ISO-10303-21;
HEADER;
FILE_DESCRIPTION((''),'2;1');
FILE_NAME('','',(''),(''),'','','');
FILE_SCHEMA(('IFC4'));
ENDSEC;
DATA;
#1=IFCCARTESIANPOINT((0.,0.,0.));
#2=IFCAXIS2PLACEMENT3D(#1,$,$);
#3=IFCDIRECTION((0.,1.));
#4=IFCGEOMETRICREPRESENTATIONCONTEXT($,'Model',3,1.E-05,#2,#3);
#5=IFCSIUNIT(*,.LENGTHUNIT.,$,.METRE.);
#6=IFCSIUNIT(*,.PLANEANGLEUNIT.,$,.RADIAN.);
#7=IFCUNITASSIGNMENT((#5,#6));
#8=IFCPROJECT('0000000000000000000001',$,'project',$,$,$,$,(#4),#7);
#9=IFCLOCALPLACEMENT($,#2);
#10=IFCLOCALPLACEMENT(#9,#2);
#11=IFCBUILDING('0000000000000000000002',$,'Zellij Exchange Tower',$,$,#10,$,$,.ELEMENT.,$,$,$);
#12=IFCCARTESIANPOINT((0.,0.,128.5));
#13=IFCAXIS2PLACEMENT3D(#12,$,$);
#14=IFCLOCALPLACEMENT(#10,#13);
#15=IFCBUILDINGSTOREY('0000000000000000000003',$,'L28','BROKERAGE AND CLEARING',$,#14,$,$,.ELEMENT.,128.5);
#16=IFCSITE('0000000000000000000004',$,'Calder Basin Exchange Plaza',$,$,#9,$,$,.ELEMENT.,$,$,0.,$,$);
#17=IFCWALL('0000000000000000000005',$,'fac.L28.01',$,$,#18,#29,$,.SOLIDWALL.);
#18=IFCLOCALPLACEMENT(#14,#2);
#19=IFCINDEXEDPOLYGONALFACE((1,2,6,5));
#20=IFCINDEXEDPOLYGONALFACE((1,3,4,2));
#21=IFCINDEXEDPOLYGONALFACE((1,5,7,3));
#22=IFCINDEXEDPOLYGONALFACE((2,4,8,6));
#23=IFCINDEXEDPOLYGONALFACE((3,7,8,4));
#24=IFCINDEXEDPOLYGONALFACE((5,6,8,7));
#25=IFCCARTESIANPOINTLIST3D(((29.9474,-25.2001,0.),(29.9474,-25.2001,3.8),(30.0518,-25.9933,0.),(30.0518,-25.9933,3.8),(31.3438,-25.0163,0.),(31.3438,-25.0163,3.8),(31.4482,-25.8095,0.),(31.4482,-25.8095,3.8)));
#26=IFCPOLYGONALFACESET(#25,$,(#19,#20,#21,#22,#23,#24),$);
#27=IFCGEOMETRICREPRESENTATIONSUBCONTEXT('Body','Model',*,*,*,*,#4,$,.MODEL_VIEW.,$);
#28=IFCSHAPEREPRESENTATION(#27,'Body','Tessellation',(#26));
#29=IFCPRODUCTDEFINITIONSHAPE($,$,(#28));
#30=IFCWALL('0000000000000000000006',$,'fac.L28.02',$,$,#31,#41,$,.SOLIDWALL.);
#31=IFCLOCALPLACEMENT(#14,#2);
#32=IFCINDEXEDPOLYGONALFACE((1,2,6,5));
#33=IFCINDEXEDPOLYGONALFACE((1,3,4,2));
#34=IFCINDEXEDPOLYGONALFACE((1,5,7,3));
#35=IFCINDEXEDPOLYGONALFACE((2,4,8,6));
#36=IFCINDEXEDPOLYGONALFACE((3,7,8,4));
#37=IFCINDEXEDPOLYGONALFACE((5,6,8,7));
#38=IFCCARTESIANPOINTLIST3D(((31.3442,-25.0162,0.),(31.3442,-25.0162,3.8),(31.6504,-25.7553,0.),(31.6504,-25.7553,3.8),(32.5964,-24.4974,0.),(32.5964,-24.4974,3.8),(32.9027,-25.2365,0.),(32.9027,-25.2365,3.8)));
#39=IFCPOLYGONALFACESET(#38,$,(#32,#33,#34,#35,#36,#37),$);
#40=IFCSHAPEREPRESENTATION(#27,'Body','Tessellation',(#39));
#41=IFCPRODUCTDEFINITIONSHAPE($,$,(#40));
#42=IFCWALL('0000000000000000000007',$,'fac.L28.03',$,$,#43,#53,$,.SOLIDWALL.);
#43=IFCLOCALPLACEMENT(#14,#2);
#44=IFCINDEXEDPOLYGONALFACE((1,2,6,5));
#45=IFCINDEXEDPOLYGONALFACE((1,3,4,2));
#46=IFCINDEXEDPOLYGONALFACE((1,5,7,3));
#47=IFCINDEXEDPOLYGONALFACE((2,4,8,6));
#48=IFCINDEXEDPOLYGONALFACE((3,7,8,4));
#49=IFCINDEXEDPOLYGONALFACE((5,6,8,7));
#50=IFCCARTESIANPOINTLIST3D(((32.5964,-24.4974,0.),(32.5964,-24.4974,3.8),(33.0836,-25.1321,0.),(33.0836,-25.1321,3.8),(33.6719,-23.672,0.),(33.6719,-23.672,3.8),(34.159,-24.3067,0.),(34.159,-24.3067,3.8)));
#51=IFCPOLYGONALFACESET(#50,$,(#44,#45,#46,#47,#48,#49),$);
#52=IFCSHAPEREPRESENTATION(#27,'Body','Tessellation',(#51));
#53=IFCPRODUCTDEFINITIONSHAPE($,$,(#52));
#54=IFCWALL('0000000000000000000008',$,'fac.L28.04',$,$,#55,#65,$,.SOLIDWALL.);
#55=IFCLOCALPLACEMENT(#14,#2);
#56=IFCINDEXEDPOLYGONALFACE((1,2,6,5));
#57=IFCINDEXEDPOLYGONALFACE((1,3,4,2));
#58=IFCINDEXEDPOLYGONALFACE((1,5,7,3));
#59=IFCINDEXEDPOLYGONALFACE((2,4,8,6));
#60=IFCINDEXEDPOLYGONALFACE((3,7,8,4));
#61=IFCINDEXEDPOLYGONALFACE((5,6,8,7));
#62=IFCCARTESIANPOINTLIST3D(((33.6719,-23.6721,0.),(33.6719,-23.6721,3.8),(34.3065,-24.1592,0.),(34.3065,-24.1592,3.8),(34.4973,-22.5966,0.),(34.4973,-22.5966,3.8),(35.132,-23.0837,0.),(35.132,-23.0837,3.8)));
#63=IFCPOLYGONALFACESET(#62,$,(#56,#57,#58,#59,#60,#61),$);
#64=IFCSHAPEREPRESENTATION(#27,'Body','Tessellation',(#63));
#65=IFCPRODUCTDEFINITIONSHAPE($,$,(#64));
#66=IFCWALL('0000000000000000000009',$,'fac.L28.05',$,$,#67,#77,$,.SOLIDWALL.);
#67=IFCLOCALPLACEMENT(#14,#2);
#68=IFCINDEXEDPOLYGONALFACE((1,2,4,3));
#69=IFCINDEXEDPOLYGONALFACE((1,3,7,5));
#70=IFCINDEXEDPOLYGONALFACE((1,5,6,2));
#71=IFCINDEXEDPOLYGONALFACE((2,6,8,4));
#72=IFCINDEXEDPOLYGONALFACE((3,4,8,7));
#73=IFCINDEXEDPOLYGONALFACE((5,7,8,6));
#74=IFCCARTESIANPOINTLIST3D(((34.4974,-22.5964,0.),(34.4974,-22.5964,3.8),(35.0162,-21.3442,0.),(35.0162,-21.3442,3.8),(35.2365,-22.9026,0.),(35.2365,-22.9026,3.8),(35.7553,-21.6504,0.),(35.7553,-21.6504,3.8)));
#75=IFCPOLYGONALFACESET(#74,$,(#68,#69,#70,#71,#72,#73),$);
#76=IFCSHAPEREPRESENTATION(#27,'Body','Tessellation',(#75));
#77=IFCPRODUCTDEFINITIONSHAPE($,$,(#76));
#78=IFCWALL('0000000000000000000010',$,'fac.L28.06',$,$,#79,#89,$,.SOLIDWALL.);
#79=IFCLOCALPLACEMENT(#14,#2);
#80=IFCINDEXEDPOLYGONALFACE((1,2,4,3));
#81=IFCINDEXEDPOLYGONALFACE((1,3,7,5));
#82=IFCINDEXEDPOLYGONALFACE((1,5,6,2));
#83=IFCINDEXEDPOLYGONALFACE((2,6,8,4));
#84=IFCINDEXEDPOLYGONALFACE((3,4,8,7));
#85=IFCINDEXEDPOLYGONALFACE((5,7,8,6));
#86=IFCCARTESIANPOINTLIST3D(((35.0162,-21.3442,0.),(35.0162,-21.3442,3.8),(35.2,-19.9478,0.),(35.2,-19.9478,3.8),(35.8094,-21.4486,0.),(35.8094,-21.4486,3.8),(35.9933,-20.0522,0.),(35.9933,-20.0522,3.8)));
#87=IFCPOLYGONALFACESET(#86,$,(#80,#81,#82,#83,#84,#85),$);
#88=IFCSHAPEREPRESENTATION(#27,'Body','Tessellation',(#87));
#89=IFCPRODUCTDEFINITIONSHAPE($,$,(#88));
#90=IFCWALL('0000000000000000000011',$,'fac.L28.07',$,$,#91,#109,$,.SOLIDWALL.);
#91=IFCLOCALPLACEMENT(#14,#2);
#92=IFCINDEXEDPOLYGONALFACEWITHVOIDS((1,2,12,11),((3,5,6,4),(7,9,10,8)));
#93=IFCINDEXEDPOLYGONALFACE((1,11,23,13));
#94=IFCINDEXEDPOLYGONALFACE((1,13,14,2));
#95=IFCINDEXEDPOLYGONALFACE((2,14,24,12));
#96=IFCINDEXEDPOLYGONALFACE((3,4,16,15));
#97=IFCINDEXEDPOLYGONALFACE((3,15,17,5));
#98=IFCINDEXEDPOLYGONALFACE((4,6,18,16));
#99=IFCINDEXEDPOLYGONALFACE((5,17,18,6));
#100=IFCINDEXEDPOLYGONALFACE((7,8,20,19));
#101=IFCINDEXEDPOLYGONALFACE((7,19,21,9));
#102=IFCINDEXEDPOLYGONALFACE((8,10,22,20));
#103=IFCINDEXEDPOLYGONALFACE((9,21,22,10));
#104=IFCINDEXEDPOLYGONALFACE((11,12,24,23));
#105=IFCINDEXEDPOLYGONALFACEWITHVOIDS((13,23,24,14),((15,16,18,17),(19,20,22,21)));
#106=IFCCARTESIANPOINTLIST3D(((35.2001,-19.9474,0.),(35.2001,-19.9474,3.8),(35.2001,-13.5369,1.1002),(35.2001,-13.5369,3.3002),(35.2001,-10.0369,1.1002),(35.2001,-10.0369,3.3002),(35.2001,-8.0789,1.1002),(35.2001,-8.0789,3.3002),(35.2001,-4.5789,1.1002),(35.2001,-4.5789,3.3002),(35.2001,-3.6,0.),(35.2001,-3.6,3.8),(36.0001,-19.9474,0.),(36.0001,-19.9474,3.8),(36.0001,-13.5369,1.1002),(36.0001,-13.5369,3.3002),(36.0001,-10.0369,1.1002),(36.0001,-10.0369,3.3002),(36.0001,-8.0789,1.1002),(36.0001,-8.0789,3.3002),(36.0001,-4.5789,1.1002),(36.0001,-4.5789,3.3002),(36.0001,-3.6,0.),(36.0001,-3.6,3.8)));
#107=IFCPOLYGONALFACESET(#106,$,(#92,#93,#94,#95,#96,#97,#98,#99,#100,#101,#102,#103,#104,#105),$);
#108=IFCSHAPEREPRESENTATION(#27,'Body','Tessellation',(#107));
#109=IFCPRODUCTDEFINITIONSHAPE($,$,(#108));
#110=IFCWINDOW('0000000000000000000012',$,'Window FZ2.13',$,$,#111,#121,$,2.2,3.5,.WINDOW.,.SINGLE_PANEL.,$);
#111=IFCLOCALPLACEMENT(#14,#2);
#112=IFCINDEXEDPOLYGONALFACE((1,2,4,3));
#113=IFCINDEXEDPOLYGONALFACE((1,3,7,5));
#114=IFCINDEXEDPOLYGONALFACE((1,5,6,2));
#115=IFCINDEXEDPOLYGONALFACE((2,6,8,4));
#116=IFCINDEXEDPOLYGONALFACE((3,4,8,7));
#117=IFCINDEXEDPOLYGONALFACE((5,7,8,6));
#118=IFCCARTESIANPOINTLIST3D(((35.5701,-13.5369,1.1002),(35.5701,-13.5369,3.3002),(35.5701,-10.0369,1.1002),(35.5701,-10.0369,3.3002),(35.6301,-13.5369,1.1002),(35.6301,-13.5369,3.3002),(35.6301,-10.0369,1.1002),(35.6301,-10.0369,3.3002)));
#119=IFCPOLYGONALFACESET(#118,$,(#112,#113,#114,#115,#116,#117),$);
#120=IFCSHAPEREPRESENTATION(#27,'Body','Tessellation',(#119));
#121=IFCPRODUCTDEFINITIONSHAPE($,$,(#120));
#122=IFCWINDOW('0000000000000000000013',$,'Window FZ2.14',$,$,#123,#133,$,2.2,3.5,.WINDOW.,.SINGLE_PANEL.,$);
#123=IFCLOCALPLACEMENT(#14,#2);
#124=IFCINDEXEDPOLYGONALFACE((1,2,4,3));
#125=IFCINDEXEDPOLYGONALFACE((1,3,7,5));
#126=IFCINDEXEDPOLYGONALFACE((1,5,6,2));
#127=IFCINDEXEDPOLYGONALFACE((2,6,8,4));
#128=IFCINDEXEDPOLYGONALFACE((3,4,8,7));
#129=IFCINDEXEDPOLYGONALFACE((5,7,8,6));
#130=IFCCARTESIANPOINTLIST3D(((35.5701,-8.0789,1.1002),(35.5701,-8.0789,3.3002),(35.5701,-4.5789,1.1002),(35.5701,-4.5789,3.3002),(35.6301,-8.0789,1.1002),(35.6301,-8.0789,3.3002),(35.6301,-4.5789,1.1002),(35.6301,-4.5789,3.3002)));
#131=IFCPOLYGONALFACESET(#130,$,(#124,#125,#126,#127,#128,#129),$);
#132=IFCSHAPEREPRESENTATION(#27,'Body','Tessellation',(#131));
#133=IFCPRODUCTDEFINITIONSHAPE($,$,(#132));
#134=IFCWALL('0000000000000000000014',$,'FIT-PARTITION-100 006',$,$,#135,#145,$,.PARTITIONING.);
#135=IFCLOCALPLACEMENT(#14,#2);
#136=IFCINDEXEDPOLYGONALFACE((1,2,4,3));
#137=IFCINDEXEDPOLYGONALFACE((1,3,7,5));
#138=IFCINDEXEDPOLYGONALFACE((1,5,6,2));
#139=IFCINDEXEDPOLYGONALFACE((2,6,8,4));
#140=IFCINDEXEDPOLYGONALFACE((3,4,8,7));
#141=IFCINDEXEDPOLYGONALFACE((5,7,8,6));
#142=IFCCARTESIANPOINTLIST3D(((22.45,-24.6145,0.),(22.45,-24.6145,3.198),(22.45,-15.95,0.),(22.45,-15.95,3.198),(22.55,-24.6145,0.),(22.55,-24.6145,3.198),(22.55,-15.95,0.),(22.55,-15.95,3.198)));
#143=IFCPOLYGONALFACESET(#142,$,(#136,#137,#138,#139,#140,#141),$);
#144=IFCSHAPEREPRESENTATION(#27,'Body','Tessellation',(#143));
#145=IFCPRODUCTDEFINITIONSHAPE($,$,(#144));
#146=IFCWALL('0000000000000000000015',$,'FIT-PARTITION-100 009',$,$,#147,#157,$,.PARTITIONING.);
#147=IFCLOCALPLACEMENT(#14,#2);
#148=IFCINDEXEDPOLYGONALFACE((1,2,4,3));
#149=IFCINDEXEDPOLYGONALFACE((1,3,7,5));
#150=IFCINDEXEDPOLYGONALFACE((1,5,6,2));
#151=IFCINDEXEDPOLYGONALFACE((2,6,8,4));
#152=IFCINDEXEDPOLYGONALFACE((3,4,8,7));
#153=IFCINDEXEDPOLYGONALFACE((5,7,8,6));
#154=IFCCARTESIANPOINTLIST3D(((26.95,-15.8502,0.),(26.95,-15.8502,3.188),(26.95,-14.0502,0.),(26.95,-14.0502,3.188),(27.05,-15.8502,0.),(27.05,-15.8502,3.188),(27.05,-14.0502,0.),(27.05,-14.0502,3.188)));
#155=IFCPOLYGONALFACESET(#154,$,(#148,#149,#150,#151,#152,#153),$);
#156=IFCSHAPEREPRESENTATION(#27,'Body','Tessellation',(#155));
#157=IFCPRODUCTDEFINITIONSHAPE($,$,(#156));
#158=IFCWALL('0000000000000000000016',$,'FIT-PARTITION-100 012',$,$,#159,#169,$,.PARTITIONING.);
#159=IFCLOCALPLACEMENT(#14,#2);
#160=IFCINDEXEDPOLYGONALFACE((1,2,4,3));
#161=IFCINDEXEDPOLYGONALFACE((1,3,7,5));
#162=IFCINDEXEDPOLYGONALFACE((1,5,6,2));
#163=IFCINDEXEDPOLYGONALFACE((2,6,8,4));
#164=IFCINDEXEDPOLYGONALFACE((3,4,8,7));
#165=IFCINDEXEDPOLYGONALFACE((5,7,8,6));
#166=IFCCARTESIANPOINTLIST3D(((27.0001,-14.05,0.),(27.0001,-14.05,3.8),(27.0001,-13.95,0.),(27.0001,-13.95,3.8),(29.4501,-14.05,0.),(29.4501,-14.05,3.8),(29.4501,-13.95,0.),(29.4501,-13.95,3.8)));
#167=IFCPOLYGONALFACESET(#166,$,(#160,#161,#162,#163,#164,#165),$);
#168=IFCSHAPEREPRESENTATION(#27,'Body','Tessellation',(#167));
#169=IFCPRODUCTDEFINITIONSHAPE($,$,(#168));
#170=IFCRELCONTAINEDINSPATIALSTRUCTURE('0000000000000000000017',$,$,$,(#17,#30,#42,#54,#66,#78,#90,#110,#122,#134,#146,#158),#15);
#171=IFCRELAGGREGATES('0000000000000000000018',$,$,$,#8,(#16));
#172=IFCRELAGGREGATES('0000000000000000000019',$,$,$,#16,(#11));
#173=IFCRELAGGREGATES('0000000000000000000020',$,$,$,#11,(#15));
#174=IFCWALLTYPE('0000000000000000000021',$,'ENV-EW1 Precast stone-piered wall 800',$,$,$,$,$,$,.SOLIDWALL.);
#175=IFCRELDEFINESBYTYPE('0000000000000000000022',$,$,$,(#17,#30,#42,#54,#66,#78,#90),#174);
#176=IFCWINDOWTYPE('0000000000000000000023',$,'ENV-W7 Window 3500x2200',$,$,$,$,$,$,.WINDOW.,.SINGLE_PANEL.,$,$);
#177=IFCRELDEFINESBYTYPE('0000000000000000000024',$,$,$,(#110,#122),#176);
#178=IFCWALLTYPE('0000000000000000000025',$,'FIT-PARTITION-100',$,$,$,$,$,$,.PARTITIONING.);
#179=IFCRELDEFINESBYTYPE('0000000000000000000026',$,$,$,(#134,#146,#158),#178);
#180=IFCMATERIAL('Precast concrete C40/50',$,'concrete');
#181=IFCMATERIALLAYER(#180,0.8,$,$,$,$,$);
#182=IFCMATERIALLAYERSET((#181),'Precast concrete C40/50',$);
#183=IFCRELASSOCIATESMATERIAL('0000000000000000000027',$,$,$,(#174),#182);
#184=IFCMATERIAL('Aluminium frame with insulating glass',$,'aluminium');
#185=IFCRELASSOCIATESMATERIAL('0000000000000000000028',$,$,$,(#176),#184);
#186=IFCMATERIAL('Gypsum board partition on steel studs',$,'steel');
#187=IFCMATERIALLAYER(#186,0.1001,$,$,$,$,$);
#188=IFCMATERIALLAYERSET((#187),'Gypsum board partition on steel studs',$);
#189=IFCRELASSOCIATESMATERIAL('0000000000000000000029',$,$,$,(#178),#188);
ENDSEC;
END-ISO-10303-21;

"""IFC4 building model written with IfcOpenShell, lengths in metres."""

from ifc_helpers import new_model, si_unit, direction, frame, frame_2d, origin, place, context, subcontext, project, spatial, rectangle, extrude, material, layer, layer_set, type_object, element, fill, save


model = new_model("IFC4")

# Units and contexts
model_context = context("Model", 3, precision=1e-05, world=origin(), true_north=direction((0.0, 1.0)))
body_context = subcontext(model_context, "Body", "Model", "MODEL_VIEW")
ifc_project = project(units=[si_unit("LENGTHUNIT", "METRE"), si_unit("PLANEANGLEUNIT", "RADIAN")], contexts=[model_context])

# Site, building, storey
site_placement = place(None, origin())
site = spatial("IfcSite", under=ifc_project, at=site_placement, Name="Calder Basin Exchange Plaza", CompositionType="ELEMENT", RefElevation=0.0)
building_placement = place(site_placement, origin())
building = spatial("IfcBuilding", under=site, at=building_placement, Name="Zellij Exchange Tower", CompositionType="ELEMENT")
storey_placement = place(building_placement, frame((0.0, 0.0, 128.5)))
storey = spatial("IfcBuildingStorey", under=building, at=storey_placement, Name="L28", Description="BROKERAGE AND CLEARING", CompositionType="ELEMENT", Elevation=128.5)

# Walls
ifc_material_1 = material(Name="Precast concrete C40/50", Category="concrete")
ifc_layer_1 = layer(ifc_material_1, 0.8)
ifc_layer_set_1 = layer_set([ifc_layer_1], Name="Precast concrete C40/50")
wall_type_1 = type_object("IfcWallType", Name="ENV-EW1 Precast stone-piered wall 800", PredefinedType="SOLIDWALL", material=ifc_layer_set_1)
wall_1_placement = place(storey_placement, frame((29.9998, -25.5967, 0.0), z_axis=(0.0, 0.0, 1.0), x_axis=(0.991446, 0.130517, 0.0)))
element("IfcWall", 1, at=wall_1_placement, inside=storey, type_object=wall_type_1, Name="fac.L28.01", PredefinedType="SOLIDWALL", context=body_context, shape_type="SweptSolid", body=[
    extrude(rectangle(XDim=1.4084, YDim=0.8, at=frame_2d((0.7041, 0.0))), origin(), (0.0, 0.0, 1.0), 3.8),
])
wall_2_placement = place(storey_placement, frame((31.4973, -25.3857, 0.0), z_axis=(0.0, 0.0, 1.0), x_axis=(0.923848, 0.38276, 0.0)))
element("IfcWall", 2, at=wall_2_placement, inside=storey, type_object=wall_type_1, Name="fac.L28.02", PredefinedType="SOLIDWALL", context=body_context, shape_type="SweptSolid", body=[
    extrude(rectangle(XDim=1.3555, YDim=0.8, at=frame_2d((0.6777, 0.0))), origin(), (0.0, 0.0, 1.0), 3.8),
])
for number, where, z_axis, x_axis, name in (
    (3, (32.8401, -24.8147, 0.0), (0.0, 0.0, 1.0), (0.793273, 0.608866, 0.0), "fac.L28.03"),
    (4, (33.9893, -23.9155, 0.0), (0.0, 0.0, 1.0), (0.608866, 0.793273, 0.0), "fac.L28.04"),
):
    element("IfcWall", number, at=place(storey_placement, frame(where, z_axis=z_axis, x_axis=x_axis)), inside=storey, type_object=wall_type_1, Name=name, PredefinedType="SOLIDWALL", context=body_context, shape_type="SweptSolid", body=[
        extrude(rectangle(XDim=1.3557, YDim=0.8, at=frame_2d((0.6777, 0.0))), origin(), (0.0, 0.0, 1.0), 3.8),
    ])
wall_3_placement = place(storey_placement, frame((34.8669, -22.7495, 0.0), z_axis=(0.0, 0.0, 1.0), x_axis=(0.38276, 0.923848, 0.0)))
element("IfcWall", 5, at=wall_3_placement, inside=storey, type_object=wall_type_1, Name="fac.L28.05", PredefinedType="SOLIDWALL", context=body_context, shape_type="SweptSolid", body=[
    extrude(rectangle(XDim=1.3555, YDim=0.8, at=frame_2d((0.6777, 0.0))), origin(), (0.0, 0.0, 1.0), 3.8),
])
wall_4_placement = place(storey_placement, frame((35.4128, -21.3962, 0.0), z_axis=(0.0, 0.0, 1.0), x_axis=(0.130517, 0.991446, 0.0)))
element("IfcWall", 6, at=wall_4_placement, inside=storey, type_object=wall_type_1, Name="fac.L28.06", PredefinedType="SOLIDWALL", context=body_context, shape_type="SweptSolid", body=[
    extrude(rectangle(XDim=1.4084, YDim=0.8, at=frame_2d((0.7041, 0.0))), origin(), (0.0, 0.0, 1.0), 3.8),
])

# Wall, openings, windows
wall_5_placement = place(storey_placement, frame((35.6001, -19.9475, 0.0), z_axis=(0.0, 0.0, 1.0), x_axis=(0.0, 1.0, 0.0)))
wall_5 = element("IfcWall", 7, at=wall_5_placement, inside=storey, type_object=wall_type_1, Name="fac.L28.07", PredefinedType="SOLIDWALL", context=body_context, shape_type="SweptSolid", body=[
    extrude(rectangle(XDim=16.3474, YDim=0.8, at=frame_2d((8.1738, 0.0))), origin(), (0.0, 0.0, 1.0), 3.8),
])
opening_1_placement = place(wall_5_placement, frame((6.4106, 0.0, 1.1001)))
opening_1 = element("IfcOpeningElement", 8, at=opening_1_placement, cuts=wall_5, PredefinedType="OPENING", context=body_context, shape_type="SweptSolid", body=[
    extrude(rectangle(XDim=3.5, YDim=2.2, at=frame_2d((1.75, 1.1001))), frame((0.0, 0.4121, 0.0), z_axis=(0.0, -1.0, 0.0), x_axis=(1.0, 0.0, 0.0)), (0.0, 0.0, 1.0), 0.824),
])
opening_2_placement = place(wall_5_placement, frame((11.8687, 0.0, 1.1001)))
opening_2 = element("IfcOpeningElement", 9, at=opening_2_placement, cuts=wall_5, PredefinedType="OPENING", context=body_context, shape_type="SweptSolid", body=[
    extrude(rectangle(XDim=3.5, YDim=2.2, at=frame_2d((1.75, 1.1001))), frame((0.0, 0.4121, 0.0), z_axis=(0.0, -1.0, 0.0), x_axis=(1.0, 0.0, 0.0)), (0.0, 0.0, 1.0), 0.824),
])
ifc_material_2 = material(Name="Aluminium frame with insulating glass", Category="aluminium")
window_type = type_object("IfcWindowType", Name="ENV-W7 Window 3500x2200", PartitioningType="SINGLE_PANEL", PredefinedType="WINDOW", material=ifc_material_2)
window_1_placement = place(opening_1_placement, origin())
window_1 = element("IfcWindow", 10, at=window_1_placement, inside=storey, type_object=window_type, Name="Window FZ2.13", OverallHeight=2.2, OverallWidth=3.5, PartitioningType="SINGLE_PANEL", PredefinedType="WINDOW", context=body_context, shape_type="SweptSolid", body=[
    extrude(rectangle(XDim=3.5, YDim=2.2, at=frame_2d((1.75, 1.1001))), frame((0.0, 0.03, 0.0), z_axis=(0.0, -1.0, 0.0), x_axis=(1.0, 0.0, 0.0)), (0.0, 0.0, 1.0), 0.0601),
])
fill(opening_1, window_1)
window_2_placement = place(opening_2_placement, origin())
window_2 = element("IfcWindow", 11, at=window_2_placement, inside=storey, type_object=window_type, Name="Window FZ2.14", OverallHeight=2.2, OverallWidth=3.5, PartitioningType="SINGLE_PANEL", PredefinedType="WINDOW", context=body_context, shape_type="SweptSolid", body=[
    extrude(rectangle(XDim=3.5, YDim=2.2, at=frame_2d((1.75, 1.1001))), frame((0.0, 0.03, 0.0), z_axis=(0.0, -1.0, 0.0), x_axis=(1.0, 0.0, 0.0)), (0.0, 0.0, 1.0), 0.0601),
])
fill(opening_2, window_2)

# Walls
ifc_material_3 = material(Name="Gypsum board partition on steel studs", Category="steel")
ifc_layer_2 = layer(ifc_material_3, 0.1001)
ifc_layer_set_2 = layer_set([ifc_layer_2], Name="Gypsum board partition on steel studs")
wall_type_2 = type_object("IfcWallType", Name="FIT-PARTITION-100", PredefinedType="PARTITIONING", material=ifc_layer_set_2)
wall_6_placement = place(storey_placement, frame((22.5, -24.6145, 0.0), z_axis=(0.0, 0.0, 1.0), x_axis=(0.0, 1.0, 0.0)))
element("IfcWall", 12, at=wall_6_placement, inside=storey, type_object=wall_type_2, Name="FIT-PARTITION-100 006", PredefinedType="PARTITIONING", context=body_context, shape_type="SweptSolid", body=[
    extrude(rectangle(XDim=8.6646, YDim=0.1001, at=frame_2d((4.3323, 0.0))), origin(), (0.0, 0.0, 1.0), 3.198),
])
wall_7_placement = place(storey_placement, frame((27.0, -15.8501, 0.0), z_axis=(0.0, 0.0, 1.0), x_axis=(0.0, 1.0, 0.0)))
element("IfcWall", 13, at=wall_7_placement, inside=storey, type_object=wall_type_2, Name="FIT-PARTITION-100 009", PredefinedType="PARTITIONING", context=body_context, shape_type="SweptSolid", body=[
    extrude(rectangle(XDim=1.8, YDim=0.1001, at=frame_2d((0.8999, 0.0))), origin(), (0.0, 0.0, 1.0), 3.188),
])
wall_8_placement = place(storey_placement, frame((27.0, -14.0, 0.0), z_axis=(0.0, 0.0, 1.0), x_axis=(1.0, 0.0, 0.0)))
element("IfcWall", 14, at=wall_8_placement, inside=storey, type_object=wall_type_2, Name="FIT-PARTITION-100 012", PredefinedType="PARTITIONING", context=body_context, shape_type="SweptSolid", body=[
    extrude(rectangle(XDim=2.45, YDim=0.1001, at=frame_2d((1.2251, 0.0))), origin(), (0.0, 0.0, 1.0), 3.8),
])

save(model, "model.ifc")
